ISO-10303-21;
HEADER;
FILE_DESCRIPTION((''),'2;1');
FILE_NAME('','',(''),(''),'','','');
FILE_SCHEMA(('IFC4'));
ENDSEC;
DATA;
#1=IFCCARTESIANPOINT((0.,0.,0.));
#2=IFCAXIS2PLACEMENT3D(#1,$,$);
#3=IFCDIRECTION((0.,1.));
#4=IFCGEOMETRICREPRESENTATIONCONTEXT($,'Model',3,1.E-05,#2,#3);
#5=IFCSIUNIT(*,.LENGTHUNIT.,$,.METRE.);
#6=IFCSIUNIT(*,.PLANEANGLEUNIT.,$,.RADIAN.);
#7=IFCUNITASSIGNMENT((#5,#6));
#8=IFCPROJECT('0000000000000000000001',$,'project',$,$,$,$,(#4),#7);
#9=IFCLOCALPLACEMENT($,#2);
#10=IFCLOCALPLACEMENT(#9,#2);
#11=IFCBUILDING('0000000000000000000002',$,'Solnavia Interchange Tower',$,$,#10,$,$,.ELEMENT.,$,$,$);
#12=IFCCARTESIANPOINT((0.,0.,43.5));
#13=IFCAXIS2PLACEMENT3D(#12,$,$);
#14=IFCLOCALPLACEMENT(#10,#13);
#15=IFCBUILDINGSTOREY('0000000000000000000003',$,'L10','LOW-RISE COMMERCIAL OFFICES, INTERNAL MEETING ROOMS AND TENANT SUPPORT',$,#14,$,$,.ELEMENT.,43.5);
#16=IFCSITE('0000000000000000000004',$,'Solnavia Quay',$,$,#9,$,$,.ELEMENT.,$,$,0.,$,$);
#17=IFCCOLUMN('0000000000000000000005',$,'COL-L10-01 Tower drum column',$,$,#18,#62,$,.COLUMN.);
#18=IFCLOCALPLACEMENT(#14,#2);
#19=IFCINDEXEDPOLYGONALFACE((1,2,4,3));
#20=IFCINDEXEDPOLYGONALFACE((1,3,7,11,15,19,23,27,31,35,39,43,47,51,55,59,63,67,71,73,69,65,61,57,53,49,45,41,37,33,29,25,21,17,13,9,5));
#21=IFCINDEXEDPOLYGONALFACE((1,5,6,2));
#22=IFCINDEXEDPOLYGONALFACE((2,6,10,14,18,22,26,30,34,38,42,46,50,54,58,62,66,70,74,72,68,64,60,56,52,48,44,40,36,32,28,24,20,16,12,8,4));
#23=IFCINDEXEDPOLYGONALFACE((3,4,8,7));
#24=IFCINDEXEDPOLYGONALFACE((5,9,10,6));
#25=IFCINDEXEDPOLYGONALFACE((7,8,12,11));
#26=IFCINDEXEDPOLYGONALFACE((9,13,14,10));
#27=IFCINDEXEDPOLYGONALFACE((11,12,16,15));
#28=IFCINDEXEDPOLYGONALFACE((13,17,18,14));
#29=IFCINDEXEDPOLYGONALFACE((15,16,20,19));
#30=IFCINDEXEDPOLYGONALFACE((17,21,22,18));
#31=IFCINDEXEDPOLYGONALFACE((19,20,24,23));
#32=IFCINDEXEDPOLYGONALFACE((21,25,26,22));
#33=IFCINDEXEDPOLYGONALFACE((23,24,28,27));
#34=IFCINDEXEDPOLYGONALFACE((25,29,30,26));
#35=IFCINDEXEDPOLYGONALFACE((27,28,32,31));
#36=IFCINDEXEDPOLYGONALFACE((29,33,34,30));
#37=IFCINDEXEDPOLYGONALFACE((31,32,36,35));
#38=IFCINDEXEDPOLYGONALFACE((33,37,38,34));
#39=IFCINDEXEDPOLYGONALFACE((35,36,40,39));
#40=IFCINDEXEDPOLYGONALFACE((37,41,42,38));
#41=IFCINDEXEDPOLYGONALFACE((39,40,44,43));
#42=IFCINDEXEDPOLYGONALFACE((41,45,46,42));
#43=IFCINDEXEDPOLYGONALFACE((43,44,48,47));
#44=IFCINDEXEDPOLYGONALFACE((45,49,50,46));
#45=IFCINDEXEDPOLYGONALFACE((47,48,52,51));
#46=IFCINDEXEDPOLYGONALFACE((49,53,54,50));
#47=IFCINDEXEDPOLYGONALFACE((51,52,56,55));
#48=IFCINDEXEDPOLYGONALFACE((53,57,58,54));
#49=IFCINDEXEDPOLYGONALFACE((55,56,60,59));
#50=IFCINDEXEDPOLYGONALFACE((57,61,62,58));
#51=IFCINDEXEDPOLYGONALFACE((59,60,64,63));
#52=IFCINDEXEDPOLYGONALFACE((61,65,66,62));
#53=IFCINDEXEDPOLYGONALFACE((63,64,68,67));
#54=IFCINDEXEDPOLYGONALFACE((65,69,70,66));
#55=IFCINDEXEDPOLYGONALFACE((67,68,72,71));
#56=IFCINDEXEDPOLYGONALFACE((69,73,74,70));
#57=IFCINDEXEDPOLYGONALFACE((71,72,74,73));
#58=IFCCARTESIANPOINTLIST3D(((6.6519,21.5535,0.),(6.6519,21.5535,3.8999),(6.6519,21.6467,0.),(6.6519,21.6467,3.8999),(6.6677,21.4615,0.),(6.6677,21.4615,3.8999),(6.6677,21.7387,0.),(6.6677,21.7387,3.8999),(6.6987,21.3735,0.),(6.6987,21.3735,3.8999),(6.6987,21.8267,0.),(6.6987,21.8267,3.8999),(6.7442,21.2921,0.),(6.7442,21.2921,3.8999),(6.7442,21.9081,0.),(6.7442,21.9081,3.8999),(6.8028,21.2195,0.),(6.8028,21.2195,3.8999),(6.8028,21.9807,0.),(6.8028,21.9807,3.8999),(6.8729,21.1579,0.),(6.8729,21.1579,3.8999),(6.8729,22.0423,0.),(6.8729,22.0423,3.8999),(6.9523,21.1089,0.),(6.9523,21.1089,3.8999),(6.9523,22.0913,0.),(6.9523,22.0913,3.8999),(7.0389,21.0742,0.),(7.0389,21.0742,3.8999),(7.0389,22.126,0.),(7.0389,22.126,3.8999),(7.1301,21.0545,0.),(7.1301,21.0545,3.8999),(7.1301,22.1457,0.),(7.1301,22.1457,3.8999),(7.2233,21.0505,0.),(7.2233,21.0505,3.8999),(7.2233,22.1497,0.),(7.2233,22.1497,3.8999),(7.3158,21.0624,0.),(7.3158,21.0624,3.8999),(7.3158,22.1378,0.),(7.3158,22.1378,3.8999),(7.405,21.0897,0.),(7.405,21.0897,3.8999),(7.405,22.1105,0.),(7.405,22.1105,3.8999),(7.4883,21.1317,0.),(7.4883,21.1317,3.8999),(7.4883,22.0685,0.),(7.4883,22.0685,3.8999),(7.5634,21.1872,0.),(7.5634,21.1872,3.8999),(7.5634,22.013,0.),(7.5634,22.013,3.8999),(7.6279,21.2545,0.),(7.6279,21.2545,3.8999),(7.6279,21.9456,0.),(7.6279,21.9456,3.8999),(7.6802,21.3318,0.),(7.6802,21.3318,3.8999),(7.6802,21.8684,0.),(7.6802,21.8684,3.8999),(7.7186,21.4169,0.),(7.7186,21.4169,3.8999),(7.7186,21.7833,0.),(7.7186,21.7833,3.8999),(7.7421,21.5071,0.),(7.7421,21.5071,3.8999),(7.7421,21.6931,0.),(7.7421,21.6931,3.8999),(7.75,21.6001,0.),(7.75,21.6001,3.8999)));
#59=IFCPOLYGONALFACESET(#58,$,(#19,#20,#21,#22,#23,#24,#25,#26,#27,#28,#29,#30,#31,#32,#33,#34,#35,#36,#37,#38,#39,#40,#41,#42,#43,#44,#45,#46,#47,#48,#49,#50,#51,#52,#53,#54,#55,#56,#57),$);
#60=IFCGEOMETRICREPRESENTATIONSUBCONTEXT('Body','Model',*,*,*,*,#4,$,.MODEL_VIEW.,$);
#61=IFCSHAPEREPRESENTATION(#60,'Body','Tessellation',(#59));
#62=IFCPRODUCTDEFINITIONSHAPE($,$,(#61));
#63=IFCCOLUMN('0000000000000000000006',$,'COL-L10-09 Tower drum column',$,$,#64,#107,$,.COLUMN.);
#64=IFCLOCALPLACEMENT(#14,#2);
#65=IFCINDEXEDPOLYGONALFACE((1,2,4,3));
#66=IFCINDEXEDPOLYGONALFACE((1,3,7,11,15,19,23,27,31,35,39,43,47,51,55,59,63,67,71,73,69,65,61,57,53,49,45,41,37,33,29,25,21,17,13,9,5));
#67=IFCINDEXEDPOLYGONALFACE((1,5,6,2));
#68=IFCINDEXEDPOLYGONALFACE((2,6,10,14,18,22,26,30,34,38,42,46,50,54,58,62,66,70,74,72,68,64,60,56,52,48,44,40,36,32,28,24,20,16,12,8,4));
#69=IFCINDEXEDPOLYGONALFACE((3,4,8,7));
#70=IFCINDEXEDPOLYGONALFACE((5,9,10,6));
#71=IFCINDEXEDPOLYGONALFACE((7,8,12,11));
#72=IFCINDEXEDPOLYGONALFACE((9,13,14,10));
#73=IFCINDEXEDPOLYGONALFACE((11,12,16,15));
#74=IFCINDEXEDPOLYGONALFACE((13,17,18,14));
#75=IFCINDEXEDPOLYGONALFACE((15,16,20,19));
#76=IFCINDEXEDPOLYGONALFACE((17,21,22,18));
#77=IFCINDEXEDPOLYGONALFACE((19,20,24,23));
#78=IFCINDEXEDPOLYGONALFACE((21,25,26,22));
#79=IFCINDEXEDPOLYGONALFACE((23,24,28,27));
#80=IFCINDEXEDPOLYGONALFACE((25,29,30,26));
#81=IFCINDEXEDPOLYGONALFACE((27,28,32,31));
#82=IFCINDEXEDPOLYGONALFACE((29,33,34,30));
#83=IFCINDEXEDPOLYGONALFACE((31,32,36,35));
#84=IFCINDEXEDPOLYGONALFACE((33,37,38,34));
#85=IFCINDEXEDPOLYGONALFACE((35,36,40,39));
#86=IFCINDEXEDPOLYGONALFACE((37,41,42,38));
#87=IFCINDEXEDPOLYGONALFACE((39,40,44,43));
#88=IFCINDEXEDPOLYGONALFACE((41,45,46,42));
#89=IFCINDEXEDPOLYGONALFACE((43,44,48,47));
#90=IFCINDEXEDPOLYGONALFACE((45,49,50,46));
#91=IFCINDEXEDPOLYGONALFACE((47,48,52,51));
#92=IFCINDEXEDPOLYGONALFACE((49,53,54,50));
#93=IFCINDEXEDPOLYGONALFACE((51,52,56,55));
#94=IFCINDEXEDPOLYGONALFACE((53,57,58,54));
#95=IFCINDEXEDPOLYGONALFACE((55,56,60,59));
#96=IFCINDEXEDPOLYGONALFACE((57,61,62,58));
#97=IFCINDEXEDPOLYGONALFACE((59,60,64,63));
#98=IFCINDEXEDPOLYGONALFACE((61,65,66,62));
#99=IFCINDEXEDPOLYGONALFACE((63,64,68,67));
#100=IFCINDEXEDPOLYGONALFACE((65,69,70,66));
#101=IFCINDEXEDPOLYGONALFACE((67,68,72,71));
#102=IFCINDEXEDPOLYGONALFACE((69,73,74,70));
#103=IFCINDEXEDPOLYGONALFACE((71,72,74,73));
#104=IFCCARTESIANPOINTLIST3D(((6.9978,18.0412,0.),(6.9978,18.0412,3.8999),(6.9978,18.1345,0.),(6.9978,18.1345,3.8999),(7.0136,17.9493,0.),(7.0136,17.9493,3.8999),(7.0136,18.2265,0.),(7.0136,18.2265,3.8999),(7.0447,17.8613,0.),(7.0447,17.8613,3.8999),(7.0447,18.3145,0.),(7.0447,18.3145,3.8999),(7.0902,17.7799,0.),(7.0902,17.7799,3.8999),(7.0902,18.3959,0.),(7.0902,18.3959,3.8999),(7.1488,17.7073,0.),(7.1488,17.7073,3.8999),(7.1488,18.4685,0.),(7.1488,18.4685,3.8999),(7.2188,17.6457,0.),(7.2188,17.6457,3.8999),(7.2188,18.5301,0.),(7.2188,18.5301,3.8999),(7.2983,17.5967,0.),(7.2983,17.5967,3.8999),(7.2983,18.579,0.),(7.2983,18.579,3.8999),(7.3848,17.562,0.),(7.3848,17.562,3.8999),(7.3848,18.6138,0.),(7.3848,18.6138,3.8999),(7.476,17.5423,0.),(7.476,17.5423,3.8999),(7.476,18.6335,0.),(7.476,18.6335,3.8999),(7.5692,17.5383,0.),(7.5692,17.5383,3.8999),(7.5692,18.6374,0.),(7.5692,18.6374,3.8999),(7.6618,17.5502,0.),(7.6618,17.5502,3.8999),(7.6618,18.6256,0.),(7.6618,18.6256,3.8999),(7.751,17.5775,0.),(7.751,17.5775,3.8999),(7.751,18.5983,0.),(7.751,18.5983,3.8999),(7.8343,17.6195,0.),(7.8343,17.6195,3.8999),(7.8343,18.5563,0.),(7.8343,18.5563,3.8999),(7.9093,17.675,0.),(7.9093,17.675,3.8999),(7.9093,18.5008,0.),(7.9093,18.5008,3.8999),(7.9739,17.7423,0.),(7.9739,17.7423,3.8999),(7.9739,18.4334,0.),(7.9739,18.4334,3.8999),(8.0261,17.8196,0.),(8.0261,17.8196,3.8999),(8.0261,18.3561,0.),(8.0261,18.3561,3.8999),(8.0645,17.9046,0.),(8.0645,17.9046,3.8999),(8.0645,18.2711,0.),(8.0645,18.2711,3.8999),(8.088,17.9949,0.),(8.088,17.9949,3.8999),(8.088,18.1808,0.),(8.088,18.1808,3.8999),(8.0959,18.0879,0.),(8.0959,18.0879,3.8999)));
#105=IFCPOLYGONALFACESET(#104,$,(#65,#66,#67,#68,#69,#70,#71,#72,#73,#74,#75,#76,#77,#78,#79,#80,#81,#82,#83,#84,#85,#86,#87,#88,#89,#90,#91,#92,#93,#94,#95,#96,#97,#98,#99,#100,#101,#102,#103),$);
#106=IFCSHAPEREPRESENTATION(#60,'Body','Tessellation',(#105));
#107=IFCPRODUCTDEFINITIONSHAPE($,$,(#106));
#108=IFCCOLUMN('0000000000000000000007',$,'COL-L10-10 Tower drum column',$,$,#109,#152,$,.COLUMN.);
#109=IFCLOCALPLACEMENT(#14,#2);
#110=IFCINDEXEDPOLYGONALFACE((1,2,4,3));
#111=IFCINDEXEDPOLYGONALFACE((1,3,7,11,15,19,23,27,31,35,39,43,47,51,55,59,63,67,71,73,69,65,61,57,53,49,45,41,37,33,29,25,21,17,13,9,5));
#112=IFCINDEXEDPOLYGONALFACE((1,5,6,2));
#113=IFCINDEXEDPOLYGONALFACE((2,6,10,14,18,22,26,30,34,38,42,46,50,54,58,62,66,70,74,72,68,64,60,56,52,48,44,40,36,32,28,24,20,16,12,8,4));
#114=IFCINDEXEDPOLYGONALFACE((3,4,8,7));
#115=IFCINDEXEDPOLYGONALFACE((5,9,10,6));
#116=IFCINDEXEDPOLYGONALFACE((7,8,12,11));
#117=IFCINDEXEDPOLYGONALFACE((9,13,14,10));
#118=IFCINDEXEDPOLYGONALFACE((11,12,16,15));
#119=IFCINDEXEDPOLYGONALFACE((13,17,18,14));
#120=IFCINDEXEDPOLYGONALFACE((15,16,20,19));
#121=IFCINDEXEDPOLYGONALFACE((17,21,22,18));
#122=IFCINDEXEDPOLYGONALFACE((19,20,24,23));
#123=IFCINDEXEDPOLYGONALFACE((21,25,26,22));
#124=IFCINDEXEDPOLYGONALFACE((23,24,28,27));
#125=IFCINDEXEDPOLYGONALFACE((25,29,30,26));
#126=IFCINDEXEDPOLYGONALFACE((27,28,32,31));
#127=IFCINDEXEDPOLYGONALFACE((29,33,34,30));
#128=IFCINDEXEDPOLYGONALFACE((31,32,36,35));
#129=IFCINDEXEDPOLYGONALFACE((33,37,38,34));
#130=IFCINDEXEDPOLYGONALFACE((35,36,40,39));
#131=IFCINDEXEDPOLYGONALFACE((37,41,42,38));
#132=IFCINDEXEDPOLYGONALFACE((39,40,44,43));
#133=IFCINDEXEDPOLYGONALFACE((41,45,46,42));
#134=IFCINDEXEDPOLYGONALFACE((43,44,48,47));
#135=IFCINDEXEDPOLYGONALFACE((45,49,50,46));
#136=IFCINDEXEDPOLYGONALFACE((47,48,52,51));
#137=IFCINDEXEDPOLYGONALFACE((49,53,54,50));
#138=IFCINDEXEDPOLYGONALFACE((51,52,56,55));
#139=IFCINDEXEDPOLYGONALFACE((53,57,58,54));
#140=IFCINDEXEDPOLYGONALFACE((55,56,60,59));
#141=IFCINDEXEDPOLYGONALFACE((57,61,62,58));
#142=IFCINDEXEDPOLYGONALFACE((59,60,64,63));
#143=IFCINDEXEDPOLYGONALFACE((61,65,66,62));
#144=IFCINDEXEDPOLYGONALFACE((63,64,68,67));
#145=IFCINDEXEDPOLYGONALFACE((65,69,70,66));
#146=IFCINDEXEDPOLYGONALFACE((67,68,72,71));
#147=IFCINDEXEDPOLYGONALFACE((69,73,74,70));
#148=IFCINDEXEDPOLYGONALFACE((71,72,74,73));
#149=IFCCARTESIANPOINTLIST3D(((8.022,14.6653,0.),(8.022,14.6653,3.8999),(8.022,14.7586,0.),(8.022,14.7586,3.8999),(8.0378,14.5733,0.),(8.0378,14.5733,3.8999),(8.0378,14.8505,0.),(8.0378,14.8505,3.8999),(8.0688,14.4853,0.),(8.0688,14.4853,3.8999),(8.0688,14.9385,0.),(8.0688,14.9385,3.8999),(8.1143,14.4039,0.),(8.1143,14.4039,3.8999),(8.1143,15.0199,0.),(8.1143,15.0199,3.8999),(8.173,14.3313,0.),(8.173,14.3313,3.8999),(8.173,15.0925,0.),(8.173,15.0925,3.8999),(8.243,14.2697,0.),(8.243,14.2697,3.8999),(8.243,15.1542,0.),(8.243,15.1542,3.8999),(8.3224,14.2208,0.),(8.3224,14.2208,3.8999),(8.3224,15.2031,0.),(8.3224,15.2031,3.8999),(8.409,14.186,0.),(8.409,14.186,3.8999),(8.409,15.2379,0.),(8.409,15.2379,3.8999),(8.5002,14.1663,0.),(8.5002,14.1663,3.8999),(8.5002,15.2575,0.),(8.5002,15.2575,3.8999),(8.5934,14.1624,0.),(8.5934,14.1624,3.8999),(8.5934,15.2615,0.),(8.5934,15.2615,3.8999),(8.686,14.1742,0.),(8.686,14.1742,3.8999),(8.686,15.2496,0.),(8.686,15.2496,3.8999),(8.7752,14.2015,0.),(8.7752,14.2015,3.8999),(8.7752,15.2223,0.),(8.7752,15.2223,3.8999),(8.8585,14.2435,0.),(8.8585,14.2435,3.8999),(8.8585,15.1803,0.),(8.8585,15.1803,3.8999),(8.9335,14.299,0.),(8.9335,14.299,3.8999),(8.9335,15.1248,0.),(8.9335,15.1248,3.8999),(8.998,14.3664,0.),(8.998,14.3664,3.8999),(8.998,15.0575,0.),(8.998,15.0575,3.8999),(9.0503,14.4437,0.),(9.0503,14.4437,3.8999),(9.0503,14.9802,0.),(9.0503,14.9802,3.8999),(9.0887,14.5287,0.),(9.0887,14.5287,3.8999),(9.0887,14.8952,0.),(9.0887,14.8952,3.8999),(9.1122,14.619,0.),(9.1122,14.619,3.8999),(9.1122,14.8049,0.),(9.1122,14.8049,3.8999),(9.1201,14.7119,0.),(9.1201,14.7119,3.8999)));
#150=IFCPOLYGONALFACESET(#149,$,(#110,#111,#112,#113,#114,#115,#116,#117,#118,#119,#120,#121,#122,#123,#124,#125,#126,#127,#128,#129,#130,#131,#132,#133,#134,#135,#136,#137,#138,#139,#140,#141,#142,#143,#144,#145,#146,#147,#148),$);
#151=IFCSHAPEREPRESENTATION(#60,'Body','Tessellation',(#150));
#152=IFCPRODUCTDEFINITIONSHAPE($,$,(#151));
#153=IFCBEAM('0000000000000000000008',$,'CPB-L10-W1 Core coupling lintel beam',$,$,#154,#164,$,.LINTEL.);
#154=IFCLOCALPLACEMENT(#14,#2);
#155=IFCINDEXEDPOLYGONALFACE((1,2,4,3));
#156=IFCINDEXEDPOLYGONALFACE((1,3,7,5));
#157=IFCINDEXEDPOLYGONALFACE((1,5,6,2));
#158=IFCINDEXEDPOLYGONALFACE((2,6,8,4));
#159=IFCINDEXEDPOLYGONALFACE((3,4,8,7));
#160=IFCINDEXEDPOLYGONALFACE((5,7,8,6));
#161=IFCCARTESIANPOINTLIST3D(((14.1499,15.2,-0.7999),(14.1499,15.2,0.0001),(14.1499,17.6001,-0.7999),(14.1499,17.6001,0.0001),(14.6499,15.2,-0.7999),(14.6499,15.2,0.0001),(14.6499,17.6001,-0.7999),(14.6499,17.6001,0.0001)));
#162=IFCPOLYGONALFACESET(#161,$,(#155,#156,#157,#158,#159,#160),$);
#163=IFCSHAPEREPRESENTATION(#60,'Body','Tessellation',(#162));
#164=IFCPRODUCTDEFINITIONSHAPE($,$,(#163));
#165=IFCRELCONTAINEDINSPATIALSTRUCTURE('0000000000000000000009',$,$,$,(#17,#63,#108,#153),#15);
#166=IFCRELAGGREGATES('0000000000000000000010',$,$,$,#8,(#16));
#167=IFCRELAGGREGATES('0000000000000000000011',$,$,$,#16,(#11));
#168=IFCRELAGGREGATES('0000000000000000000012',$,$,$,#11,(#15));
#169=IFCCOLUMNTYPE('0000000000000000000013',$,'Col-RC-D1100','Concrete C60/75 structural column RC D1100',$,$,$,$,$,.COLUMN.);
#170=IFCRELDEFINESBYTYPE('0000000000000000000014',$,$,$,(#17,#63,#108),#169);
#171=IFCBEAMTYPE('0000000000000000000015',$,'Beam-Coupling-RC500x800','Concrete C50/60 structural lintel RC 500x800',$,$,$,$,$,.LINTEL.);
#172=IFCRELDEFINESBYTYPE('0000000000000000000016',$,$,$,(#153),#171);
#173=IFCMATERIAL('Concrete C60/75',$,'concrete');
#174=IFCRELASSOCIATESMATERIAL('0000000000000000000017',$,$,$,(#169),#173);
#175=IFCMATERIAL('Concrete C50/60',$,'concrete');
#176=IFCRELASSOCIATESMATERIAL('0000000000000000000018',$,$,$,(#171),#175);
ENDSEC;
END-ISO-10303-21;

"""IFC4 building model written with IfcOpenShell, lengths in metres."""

from ifc_helpers import new_model, si_unit, direction, frame, origin, origin_2d, place, context, subcontext, project, spatial, rectangle, circle, extrude, material, material_profile, profile_set, type_object, element, save


model = new_model("IFC4")

# Units and contexts
model_context = context("Model", 3, precision=1e-05, world=origin(), true_north=direction((0.0, 1.0)))
body_context = subcontext(model_context, "Body", "Model", "MODEL_VIEW")
ifc_project = project(units=[si_unit("LENGTHUNIT", "METRE"), si_unit("PLANEANGLEUNIT", "RADIAN")], contexts=[model_context])

# Site, building, storey
site_placement = place(None, origin())
site = spatial("IfcSite", under=ifc_project, at=site_placement, Name="Solnavia Quay", CompositionType="ELEMENT", RefElevation=0.0)
building_placement = place(site_placement, origin())
building = spatial("IfcBuilding", under=site, at=building_placement, Name="Solnavia Interchange Tower", CompositionType="ELEMENT")
storey_placement = place(building_placement, frame((0.0, 0.0, 43.5)))
storey = spatial("IfcBuildingStorey", under=building, at=storey_placement, Name="L10", Description="LOW-RISE COMMERCIAL OFFICES, INTERNAL MEETING ROOMS AND TENANT SUPPORT", CompositionType="ELEMENT", Elevation=43.5)

# Columns
ifc_material_1 = material(Name="Concrete C60/75", Category="concrete")
ifc_material_profile_1 = material_profile(ifc_material_1, circle(Radius=0.55, at=origin_2d()), Name="RC D1100")
ifc_profile_set_1 = profile_set([ifc_material_profile_1], Name="Concrete C60/75")
column_type = type_object("IfcColumnType", Name="Col-RC-D1100", Description="Concrete C60/75 structural column RC D1100", PredefinedType="COLUMN", material=ifc_profile_set_1)
for number, where, z_axis, x_axis, name in (
    (1, (7.2, 21.6001, 0.0), (0.0, 0.0, 1.0), (1.0, 0.0, 0.0), "COL-L10-01 Tower drum column"),
    (2, (7.5459, 18.0879, 0.0), (0.0, 0.0, 1.0), (1.0, 0.0, 0.0), "COL-L10-09 Tower drum column"),
    (3, (8.5701, 14.7119, 0.0), (0.0, 0.0, 1.0), (1.0, 0.0, 0.0), "COL-L10-10 Tower drum column"),
):
    element("IfcColumn", number, at=place(storey_placement, frame(where, z_axis=z_axis, x_axis=x_axis)), inside=storey, type_object=column_type, Name=name, PredefinedType="COLUMN", context=body_context, shape_type="SweptSolid", body=[
        extrude(circle(Radius=0.55, at=origin_2d()), origin(), (0.0, 0.0, 1.0), 3.8999),
    ])

# Beam
ifc_material_2 = material(Name="Concrete C50/60", Category="concrete")
ifc_material_profile_2 = material_profile(ifc_material_2, rectangle(XDim=0.5, YDim=0.8, at=origin_2d()), Name="RC 500x800")
ifc_profile_set_2 = profile_set([ifc_material_profile_2], Name="Concrete C50/60")
beam_type_1 = type_object("IfcBeamType", Name="Beam-Coupling-RC500x800", Description="Concrete C50/60 structural lintel RC 500x800", PredefinedType="LINTEL", material=ifc_profile_set_2)
beam_1_placement = place(storey_placement, frame((14.3999, 15.2, -0.3999), z_axis=(0.0, 1.0, 0.0), x_axis=(-1.0, 0.0, 0.0)))
element("IfcBeam", 4, at=beam_1_placement, inside=storey, type_object=beam_type_1, Name="CPB-L10-W1 Core coupling lintel beam", PredefinedType="LINTEL", context=body_context, shape_type="SweptSolid", body=[
    extrude(rectangle(XDim=0.5, YDim=0.8, at=origin_2d()), origin(), (0.0, 0.0, 1.0), 2.4001),
])

save(model, "model.ifc")
